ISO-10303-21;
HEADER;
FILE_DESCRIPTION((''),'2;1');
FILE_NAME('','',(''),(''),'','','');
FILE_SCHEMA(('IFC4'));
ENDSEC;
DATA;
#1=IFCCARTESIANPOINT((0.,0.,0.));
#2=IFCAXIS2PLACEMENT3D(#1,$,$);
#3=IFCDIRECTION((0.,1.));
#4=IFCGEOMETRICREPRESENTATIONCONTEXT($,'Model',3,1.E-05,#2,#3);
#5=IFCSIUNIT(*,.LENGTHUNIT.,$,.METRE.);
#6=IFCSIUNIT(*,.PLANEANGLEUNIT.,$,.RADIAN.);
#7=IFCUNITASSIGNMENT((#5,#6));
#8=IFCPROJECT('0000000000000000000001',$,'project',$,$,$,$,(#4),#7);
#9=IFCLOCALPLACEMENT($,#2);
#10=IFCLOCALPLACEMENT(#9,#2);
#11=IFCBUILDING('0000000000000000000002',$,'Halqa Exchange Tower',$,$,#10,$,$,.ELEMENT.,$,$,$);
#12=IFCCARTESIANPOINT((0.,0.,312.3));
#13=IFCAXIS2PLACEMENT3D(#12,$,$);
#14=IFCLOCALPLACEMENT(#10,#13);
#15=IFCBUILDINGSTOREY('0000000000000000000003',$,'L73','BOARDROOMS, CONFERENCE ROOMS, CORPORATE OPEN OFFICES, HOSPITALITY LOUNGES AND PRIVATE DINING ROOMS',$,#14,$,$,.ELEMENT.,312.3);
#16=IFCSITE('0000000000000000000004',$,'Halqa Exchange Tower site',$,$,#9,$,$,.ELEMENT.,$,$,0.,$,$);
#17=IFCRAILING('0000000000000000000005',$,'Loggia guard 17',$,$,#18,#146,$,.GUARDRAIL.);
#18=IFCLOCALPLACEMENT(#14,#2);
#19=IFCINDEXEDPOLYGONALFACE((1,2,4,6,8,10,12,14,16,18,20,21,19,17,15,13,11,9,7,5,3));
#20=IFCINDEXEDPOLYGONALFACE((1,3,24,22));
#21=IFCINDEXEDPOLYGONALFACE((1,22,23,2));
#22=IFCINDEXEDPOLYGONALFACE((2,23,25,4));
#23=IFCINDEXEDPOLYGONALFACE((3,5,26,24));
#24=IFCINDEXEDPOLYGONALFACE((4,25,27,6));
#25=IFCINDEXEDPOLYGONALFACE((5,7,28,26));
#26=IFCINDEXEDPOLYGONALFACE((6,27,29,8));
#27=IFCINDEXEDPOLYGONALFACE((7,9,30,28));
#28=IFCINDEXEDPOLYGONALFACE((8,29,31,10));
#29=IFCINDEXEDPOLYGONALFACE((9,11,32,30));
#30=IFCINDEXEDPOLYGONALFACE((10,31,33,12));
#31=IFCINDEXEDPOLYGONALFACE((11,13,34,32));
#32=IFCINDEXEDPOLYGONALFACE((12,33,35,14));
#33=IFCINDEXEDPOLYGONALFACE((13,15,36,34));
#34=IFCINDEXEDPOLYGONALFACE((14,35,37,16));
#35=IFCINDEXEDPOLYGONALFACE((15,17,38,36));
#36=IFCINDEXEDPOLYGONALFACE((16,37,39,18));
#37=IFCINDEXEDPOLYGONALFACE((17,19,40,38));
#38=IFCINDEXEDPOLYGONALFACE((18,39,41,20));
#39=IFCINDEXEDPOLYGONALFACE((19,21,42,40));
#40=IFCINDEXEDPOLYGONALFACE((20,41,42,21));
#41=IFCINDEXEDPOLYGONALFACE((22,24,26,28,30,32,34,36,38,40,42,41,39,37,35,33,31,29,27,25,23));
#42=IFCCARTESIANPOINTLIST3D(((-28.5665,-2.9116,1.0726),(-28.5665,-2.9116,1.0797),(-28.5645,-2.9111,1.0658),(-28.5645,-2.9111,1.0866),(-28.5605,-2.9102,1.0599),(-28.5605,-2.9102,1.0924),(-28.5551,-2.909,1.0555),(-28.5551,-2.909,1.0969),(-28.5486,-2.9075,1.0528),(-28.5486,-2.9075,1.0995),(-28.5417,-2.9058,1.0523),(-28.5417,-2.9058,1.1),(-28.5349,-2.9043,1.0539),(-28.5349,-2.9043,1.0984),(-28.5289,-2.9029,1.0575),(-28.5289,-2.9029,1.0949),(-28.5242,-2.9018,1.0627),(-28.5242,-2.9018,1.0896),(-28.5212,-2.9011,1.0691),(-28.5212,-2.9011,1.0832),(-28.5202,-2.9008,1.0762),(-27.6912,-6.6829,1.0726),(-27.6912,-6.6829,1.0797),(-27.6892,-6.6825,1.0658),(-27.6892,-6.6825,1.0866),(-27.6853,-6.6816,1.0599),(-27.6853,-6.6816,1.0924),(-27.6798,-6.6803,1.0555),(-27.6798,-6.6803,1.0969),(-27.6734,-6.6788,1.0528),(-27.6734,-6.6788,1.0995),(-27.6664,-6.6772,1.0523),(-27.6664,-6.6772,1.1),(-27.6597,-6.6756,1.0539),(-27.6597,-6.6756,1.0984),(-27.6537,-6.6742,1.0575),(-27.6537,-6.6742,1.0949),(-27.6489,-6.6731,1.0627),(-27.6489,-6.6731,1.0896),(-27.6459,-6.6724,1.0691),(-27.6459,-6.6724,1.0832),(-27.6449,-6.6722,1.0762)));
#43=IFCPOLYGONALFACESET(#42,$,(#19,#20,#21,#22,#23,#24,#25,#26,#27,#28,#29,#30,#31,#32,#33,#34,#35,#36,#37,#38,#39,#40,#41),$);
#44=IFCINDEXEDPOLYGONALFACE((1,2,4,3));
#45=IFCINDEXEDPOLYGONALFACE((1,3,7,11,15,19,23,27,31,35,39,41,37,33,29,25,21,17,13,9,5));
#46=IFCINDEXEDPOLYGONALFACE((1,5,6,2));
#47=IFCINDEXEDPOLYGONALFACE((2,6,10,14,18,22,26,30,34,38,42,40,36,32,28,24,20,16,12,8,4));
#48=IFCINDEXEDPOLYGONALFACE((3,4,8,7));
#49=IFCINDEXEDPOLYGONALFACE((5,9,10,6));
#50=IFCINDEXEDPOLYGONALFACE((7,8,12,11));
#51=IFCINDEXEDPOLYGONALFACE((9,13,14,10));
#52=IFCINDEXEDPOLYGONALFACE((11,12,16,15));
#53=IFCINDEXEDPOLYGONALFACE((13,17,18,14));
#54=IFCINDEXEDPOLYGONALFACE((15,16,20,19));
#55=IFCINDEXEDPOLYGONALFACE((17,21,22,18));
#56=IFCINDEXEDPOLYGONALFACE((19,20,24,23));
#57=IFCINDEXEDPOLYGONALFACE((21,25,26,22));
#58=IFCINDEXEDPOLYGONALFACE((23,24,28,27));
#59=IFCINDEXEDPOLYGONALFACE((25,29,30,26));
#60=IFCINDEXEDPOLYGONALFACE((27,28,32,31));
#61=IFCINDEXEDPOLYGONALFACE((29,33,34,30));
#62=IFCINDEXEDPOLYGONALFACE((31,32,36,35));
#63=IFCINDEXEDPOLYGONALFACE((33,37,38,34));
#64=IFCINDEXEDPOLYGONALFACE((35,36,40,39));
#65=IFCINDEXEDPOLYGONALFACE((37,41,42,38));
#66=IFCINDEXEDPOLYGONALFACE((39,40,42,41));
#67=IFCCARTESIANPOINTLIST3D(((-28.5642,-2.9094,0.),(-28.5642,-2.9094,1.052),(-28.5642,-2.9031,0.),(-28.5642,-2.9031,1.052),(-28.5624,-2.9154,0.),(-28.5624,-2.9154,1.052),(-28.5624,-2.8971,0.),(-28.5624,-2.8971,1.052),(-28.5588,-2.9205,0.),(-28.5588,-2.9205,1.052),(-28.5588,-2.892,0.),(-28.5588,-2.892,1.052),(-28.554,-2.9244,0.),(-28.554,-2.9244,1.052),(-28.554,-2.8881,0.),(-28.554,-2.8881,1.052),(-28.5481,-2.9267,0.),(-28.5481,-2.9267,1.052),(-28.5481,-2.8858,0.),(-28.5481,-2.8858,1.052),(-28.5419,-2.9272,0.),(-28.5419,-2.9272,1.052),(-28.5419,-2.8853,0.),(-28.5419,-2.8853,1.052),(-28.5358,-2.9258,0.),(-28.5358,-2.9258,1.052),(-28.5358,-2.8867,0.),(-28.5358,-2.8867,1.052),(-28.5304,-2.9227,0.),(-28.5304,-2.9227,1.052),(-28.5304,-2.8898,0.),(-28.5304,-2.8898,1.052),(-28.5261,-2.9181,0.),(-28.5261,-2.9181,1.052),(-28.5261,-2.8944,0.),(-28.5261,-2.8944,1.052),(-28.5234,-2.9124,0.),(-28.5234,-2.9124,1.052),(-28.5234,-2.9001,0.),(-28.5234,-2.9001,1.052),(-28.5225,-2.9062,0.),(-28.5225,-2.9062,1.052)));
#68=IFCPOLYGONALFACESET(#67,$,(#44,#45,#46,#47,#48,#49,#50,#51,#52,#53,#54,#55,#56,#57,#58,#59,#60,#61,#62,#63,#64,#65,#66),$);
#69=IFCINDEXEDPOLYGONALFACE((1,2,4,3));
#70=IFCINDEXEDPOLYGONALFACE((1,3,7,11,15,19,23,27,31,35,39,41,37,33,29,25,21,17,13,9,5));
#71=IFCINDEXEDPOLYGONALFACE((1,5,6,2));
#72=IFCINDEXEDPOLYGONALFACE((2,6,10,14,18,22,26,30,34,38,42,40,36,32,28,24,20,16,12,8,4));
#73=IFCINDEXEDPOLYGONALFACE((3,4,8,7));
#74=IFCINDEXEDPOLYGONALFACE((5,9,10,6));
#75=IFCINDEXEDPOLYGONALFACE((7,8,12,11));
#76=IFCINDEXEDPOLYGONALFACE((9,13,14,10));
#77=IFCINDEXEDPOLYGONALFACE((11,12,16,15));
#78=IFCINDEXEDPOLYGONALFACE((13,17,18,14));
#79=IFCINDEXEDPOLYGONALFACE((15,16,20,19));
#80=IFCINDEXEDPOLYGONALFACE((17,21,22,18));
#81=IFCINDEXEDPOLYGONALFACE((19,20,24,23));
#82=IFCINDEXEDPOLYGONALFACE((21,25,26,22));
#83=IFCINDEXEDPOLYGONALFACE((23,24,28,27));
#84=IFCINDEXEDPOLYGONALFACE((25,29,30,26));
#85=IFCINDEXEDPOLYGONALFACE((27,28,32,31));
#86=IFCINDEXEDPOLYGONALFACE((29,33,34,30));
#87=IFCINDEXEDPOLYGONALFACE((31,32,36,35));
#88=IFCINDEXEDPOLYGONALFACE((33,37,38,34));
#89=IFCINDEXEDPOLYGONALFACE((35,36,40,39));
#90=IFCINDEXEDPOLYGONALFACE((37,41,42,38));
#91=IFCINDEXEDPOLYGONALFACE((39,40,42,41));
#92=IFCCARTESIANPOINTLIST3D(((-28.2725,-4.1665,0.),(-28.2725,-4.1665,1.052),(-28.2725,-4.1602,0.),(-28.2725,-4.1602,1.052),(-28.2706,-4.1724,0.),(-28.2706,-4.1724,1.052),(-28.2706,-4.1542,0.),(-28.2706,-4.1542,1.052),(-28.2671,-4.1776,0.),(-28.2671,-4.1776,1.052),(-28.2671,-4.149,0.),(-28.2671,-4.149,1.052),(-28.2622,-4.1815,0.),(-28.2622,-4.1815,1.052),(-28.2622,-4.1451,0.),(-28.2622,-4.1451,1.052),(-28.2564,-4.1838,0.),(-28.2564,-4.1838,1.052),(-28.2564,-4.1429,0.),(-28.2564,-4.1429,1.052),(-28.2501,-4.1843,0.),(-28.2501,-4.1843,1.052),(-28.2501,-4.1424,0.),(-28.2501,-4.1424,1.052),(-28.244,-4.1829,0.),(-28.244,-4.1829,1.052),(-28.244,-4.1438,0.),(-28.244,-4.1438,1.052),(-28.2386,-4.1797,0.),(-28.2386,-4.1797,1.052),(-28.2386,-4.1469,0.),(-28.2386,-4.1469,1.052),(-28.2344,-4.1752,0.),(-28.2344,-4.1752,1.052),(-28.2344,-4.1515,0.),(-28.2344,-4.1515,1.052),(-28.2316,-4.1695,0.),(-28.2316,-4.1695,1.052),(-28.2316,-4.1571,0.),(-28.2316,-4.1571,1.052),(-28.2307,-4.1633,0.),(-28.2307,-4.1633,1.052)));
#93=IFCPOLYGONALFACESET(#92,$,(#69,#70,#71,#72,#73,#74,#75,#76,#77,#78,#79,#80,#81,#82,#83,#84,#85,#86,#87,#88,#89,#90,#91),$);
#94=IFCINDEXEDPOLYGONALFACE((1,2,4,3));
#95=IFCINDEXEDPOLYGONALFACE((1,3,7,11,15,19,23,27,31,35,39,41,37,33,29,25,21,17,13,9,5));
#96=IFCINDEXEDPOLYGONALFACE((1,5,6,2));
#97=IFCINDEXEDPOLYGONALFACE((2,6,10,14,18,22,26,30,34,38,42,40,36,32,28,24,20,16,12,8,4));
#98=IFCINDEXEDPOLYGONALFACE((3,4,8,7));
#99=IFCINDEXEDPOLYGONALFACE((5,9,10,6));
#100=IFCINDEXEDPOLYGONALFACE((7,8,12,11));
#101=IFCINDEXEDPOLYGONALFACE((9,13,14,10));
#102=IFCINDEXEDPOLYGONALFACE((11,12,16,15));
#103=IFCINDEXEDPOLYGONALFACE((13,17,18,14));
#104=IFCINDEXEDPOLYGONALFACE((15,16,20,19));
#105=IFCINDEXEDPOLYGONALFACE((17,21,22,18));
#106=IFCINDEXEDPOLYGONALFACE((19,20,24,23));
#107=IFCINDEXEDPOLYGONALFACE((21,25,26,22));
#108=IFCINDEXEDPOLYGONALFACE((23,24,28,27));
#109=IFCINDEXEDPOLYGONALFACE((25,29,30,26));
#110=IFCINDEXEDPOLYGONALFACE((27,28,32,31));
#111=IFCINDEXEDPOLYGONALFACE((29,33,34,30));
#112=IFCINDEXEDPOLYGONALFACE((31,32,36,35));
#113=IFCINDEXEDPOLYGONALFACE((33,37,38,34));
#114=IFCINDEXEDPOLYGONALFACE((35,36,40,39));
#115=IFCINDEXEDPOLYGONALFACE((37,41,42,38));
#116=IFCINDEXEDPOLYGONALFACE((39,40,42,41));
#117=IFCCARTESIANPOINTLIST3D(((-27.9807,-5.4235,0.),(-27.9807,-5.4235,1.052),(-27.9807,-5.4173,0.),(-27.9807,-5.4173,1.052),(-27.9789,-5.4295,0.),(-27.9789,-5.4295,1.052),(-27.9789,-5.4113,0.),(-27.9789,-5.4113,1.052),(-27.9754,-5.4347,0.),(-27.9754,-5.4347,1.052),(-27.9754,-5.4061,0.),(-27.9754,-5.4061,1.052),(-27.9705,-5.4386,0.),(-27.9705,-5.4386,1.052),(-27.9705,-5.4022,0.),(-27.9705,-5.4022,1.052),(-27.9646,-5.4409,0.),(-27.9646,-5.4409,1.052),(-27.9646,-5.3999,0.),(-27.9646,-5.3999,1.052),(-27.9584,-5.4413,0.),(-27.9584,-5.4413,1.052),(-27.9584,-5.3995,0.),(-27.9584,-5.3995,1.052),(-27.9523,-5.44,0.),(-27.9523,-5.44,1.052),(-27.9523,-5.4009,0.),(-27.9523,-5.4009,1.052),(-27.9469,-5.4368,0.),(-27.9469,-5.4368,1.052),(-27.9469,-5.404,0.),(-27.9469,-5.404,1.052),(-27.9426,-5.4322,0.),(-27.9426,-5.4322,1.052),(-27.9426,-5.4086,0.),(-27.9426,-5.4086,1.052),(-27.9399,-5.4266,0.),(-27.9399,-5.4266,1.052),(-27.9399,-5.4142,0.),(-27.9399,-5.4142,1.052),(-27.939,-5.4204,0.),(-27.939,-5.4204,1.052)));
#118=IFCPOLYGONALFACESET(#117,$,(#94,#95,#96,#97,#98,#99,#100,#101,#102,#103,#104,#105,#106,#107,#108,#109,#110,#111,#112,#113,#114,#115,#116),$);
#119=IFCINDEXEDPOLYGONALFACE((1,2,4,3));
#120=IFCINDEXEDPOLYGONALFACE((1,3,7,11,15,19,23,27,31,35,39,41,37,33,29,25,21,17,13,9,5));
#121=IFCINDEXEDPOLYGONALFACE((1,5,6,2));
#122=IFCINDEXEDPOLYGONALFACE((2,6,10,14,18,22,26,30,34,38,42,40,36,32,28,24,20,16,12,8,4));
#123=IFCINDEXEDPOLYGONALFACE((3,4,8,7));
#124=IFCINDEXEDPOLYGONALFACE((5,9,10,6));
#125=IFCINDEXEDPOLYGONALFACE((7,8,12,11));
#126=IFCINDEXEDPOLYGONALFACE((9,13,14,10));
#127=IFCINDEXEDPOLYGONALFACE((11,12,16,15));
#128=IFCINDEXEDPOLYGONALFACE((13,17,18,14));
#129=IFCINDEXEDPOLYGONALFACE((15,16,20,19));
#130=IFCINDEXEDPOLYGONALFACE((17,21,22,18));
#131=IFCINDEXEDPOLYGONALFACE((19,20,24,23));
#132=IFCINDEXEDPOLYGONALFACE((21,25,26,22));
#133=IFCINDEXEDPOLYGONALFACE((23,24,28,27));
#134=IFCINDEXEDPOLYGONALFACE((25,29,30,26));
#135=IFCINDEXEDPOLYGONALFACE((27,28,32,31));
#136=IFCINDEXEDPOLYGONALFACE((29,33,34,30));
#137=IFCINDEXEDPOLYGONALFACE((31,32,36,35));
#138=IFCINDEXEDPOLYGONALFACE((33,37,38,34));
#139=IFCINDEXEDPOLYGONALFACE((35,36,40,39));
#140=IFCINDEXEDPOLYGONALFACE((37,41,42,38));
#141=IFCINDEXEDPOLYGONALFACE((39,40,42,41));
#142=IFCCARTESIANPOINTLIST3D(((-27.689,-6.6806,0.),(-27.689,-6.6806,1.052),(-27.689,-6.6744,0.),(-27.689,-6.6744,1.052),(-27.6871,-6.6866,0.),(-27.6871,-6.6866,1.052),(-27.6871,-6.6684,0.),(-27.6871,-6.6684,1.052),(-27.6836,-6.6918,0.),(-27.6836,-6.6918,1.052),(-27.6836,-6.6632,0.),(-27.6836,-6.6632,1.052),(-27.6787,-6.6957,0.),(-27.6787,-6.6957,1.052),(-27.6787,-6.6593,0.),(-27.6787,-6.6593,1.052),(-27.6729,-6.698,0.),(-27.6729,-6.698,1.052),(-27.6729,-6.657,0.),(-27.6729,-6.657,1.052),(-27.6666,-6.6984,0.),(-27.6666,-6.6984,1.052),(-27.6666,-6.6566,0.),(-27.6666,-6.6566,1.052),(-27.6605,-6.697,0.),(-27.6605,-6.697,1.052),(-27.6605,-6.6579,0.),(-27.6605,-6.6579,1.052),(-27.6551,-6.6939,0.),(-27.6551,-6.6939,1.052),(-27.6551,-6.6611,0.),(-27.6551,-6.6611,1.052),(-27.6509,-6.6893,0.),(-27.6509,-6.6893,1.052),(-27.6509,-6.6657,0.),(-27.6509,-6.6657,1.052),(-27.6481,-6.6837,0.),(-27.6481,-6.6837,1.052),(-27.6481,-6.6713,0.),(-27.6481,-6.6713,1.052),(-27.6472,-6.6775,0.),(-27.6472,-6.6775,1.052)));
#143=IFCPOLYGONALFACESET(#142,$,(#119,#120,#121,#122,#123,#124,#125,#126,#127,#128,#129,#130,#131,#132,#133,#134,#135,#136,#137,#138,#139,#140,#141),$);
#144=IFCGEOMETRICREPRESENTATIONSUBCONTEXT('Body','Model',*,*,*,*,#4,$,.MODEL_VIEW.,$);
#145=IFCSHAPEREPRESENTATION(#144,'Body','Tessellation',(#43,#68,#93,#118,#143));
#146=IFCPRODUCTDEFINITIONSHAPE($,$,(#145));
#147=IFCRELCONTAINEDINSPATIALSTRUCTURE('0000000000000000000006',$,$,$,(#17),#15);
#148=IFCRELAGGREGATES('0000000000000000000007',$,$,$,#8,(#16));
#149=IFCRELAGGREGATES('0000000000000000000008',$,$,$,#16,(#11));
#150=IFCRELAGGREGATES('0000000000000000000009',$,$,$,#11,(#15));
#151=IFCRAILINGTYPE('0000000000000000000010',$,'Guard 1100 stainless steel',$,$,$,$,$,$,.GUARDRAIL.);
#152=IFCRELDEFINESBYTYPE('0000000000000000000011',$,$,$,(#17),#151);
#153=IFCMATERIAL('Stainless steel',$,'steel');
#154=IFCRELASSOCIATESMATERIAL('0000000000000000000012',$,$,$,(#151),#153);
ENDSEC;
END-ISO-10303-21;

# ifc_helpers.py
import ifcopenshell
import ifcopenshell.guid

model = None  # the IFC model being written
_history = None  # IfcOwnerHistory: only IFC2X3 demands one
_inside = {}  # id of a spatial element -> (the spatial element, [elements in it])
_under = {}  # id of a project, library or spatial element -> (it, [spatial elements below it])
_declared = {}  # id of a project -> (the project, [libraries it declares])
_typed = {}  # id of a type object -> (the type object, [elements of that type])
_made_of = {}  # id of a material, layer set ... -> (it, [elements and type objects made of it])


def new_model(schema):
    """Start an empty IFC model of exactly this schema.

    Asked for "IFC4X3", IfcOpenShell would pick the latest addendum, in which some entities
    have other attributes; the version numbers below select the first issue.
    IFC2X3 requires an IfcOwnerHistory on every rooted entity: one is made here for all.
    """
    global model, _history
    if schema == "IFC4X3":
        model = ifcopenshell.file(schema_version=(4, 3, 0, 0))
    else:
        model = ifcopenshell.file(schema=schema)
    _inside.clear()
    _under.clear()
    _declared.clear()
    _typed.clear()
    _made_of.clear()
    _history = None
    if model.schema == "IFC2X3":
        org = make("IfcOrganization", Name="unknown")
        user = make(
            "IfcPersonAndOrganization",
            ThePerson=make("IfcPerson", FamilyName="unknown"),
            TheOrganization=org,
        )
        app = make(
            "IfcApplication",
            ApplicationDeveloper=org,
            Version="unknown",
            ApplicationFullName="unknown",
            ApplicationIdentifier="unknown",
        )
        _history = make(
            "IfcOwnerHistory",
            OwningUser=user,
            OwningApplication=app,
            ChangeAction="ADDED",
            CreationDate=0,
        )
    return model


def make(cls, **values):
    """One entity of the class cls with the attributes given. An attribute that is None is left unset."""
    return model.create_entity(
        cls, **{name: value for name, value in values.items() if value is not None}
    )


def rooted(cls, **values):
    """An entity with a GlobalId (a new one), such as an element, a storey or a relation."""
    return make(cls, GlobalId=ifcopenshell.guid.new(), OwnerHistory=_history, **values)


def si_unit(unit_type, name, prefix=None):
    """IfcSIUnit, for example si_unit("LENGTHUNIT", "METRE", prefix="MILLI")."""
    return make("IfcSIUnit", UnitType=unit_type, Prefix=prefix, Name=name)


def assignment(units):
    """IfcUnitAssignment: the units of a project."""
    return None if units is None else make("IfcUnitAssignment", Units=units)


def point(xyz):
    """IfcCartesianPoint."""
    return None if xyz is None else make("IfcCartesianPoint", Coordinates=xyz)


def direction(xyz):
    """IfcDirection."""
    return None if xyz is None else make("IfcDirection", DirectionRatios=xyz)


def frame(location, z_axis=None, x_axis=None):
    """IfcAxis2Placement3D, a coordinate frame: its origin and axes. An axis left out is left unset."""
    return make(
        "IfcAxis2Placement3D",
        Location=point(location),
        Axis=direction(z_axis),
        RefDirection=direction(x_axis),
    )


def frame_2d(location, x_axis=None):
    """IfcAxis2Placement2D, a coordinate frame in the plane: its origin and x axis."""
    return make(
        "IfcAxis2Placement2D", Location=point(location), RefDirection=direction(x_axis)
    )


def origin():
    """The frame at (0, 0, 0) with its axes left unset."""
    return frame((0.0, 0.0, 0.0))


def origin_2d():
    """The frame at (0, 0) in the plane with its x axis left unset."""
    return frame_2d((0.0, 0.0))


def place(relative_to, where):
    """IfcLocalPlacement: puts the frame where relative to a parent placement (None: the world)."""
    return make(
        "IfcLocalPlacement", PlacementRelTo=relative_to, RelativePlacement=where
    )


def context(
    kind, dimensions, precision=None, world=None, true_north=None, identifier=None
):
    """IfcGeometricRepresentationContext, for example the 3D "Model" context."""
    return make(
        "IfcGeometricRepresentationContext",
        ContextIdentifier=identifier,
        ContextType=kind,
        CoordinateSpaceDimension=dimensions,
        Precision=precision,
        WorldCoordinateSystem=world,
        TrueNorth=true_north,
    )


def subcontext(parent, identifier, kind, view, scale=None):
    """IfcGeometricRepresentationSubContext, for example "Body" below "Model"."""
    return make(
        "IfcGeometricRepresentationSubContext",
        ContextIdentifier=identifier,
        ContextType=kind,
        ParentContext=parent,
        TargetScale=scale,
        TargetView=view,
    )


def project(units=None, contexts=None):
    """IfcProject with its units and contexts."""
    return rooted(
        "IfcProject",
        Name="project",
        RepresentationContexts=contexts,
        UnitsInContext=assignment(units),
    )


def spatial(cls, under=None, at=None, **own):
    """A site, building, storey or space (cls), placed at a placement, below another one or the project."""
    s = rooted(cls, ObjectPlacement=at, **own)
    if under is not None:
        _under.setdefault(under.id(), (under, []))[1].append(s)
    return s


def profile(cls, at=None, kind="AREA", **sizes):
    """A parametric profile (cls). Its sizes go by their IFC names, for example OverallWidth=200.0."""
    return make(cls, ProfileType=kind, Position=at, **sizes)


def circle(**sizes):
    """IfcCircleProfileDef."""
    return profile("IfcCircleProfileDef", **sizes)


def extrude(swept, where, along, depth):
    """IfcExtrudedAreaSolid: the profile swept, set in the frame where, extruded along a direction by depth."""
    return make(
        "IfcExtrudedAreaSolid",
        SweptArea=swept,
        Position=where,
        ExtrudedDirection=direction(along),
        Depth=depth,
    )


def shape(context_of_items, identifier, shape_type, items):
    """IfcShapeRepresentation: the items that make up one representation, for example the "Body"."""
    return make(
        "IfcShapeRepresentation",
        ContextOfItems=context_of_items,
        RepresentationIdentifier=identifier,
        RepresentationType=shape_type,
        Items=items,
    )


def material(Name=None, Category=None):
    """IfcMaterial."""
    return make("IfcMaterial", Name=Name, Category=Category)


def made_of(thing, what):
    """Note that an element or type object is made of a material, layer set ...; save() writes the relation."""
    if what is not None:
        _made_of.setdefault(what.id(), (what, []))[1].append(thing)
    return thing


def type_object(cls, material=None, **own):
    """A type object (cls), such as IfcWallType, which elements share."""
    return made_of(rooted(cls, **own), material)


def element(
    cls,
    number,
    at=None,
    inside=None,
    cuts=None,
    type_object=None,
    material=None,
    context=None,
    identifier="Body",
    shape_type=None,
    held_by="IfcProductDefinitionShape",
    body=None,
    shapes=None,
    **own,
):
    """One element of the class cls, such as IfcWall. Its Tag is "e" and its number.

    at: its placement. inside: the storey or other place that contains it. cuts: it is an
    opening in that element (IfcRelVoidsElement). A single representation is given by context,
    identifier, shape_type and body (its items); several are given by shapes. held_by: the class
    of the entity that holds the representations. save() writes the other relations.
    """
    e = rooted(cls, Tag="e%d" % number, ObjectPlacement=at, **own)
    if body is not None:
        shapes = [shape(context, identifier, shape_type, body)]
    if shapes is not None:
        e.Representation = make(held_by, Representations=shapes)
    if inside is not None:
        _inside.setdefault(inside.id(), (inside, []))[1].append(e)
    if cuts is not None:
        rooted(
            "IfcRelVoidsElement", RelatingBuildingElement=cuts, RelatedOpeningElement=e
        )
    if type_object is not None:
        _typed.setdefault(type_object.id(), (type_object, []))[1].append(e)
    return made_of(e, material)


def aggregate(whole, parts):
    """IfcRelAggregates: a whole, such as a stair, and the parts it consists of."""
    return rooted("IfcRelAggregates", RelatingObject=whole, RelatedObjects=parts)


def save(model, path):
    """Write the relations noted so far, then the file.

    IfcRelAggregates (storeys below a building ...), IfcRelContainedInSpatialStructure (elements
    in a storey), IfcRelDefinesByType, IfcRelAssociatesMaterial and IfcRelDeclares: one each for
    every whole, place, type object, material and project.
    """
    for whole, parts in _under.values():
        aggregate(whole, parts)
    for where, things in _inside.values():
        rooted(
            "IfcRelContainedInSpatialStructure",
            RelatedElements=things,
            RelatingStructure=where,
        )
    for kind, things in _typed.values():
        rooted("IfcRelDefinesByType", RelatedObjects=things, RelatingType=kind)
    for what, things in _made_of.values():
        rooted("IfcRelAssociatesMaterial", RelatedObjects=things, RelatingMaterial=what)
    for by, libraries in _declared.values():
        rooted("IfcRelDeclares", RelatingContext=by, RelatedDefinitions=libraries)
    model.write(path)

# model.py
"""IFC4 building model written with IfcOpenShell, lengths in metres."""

from ifc_helpers import new_model, si_unit, direction, frame, origin, origin_2d, place, context, subcontext, project, spatial, circle, extrude, material, type_object, element, save


model = new_model("IFC4")

# Units and contexts
model_context = context("Model", 3, precision=1e-05, world=origin(), true_north=direction((0.0, 1.0)))
body_context = subcontext(model_context, "Body", "Model", "MODEL_VIEW")
ifc_project = project(units=[si_unit("LENGTHUNIT", "METRE"), si_unit("PLANEANGLEUNIT", "RADIAN")], contexts=[model_context])

# Site, building, storey
site_placement = place(None, origin())
site = spatial("IfcSite", under=ifc_project, at=site_placement, Name="Halqa Exchange Tower site", CompositionType="ELEMENT", RefElevation=0.0)
building_placement = place(site_placement, origin())
building = spatial("IfcBuilding", under=site, at=building_placement, Name="Halqa Exchange Tower", CompositionType="ELEMENT")
storey_placement = place(building_placement, frame((0.0, 0.0, 312.3)))
storey = spatial("IfcBuildingStorey", under=building, at=storey_placement, Name="L73", Description="BOARDROOMS, CONFERENCE ROOMS, CORPORATE OPEN OFFICES, HOSPITALITY LOUNGES AND PRIVATE DINING ROOMS", CompositionType="ELEMENT", Elevation=312.3)

# Railing
ifc_material_1 = material(Name="Stainless steel", Category="steel")
railing_type = type_object("IfcRailingType", Name="Guard 1100 stainless steel", PredefinedType="GUARDRAIL", material=ifc_material_1)
railing_1_placement = place(storey_placement, frame((-28.5435, -2.9062, 0.0)))
element("IfcRailing", 1, at=railing_1_placement, inside=storey, type_object=railing_type, Name="Loggia guard 17", PredefinedType="GUARDRAIL", context=body_context, shape_type="SweptSolid", body=[
    extrude(circle(Radius=0.0239, at=origin_2d()), frame((0.0, 0.0, 1.0762), z_axis=(0.226075, -0.97411, 0.0), x_axis=(0.97411, 0.226075, 0.0)), (0.0, 0.0, 1.0), 3.8716),
    extrude(circle(Radius=0.021, at=origin_2d()), origin(), (0.0, 0.0, 1.0), 1.052),
    extrude(circle(Radius=0.021, at=origin_2d()), frame((0.2917, -1.2571, 0.0)), (0.0, 0.0, 1.0), 1.052),
    extrude(circle(Radius=0.021, at=origin_2d()), frame((0.5835, -2.5142, 0.0)), (0.0, 0.0, 1.0), 1.052),
    extrude(circle(Radius=0.021, at=origin_2d()), frame((0.8752, -3.7712, 0.0)), (0.0, 0.0, 1.0), 1.052),
])

save(model, "model.ifc")
